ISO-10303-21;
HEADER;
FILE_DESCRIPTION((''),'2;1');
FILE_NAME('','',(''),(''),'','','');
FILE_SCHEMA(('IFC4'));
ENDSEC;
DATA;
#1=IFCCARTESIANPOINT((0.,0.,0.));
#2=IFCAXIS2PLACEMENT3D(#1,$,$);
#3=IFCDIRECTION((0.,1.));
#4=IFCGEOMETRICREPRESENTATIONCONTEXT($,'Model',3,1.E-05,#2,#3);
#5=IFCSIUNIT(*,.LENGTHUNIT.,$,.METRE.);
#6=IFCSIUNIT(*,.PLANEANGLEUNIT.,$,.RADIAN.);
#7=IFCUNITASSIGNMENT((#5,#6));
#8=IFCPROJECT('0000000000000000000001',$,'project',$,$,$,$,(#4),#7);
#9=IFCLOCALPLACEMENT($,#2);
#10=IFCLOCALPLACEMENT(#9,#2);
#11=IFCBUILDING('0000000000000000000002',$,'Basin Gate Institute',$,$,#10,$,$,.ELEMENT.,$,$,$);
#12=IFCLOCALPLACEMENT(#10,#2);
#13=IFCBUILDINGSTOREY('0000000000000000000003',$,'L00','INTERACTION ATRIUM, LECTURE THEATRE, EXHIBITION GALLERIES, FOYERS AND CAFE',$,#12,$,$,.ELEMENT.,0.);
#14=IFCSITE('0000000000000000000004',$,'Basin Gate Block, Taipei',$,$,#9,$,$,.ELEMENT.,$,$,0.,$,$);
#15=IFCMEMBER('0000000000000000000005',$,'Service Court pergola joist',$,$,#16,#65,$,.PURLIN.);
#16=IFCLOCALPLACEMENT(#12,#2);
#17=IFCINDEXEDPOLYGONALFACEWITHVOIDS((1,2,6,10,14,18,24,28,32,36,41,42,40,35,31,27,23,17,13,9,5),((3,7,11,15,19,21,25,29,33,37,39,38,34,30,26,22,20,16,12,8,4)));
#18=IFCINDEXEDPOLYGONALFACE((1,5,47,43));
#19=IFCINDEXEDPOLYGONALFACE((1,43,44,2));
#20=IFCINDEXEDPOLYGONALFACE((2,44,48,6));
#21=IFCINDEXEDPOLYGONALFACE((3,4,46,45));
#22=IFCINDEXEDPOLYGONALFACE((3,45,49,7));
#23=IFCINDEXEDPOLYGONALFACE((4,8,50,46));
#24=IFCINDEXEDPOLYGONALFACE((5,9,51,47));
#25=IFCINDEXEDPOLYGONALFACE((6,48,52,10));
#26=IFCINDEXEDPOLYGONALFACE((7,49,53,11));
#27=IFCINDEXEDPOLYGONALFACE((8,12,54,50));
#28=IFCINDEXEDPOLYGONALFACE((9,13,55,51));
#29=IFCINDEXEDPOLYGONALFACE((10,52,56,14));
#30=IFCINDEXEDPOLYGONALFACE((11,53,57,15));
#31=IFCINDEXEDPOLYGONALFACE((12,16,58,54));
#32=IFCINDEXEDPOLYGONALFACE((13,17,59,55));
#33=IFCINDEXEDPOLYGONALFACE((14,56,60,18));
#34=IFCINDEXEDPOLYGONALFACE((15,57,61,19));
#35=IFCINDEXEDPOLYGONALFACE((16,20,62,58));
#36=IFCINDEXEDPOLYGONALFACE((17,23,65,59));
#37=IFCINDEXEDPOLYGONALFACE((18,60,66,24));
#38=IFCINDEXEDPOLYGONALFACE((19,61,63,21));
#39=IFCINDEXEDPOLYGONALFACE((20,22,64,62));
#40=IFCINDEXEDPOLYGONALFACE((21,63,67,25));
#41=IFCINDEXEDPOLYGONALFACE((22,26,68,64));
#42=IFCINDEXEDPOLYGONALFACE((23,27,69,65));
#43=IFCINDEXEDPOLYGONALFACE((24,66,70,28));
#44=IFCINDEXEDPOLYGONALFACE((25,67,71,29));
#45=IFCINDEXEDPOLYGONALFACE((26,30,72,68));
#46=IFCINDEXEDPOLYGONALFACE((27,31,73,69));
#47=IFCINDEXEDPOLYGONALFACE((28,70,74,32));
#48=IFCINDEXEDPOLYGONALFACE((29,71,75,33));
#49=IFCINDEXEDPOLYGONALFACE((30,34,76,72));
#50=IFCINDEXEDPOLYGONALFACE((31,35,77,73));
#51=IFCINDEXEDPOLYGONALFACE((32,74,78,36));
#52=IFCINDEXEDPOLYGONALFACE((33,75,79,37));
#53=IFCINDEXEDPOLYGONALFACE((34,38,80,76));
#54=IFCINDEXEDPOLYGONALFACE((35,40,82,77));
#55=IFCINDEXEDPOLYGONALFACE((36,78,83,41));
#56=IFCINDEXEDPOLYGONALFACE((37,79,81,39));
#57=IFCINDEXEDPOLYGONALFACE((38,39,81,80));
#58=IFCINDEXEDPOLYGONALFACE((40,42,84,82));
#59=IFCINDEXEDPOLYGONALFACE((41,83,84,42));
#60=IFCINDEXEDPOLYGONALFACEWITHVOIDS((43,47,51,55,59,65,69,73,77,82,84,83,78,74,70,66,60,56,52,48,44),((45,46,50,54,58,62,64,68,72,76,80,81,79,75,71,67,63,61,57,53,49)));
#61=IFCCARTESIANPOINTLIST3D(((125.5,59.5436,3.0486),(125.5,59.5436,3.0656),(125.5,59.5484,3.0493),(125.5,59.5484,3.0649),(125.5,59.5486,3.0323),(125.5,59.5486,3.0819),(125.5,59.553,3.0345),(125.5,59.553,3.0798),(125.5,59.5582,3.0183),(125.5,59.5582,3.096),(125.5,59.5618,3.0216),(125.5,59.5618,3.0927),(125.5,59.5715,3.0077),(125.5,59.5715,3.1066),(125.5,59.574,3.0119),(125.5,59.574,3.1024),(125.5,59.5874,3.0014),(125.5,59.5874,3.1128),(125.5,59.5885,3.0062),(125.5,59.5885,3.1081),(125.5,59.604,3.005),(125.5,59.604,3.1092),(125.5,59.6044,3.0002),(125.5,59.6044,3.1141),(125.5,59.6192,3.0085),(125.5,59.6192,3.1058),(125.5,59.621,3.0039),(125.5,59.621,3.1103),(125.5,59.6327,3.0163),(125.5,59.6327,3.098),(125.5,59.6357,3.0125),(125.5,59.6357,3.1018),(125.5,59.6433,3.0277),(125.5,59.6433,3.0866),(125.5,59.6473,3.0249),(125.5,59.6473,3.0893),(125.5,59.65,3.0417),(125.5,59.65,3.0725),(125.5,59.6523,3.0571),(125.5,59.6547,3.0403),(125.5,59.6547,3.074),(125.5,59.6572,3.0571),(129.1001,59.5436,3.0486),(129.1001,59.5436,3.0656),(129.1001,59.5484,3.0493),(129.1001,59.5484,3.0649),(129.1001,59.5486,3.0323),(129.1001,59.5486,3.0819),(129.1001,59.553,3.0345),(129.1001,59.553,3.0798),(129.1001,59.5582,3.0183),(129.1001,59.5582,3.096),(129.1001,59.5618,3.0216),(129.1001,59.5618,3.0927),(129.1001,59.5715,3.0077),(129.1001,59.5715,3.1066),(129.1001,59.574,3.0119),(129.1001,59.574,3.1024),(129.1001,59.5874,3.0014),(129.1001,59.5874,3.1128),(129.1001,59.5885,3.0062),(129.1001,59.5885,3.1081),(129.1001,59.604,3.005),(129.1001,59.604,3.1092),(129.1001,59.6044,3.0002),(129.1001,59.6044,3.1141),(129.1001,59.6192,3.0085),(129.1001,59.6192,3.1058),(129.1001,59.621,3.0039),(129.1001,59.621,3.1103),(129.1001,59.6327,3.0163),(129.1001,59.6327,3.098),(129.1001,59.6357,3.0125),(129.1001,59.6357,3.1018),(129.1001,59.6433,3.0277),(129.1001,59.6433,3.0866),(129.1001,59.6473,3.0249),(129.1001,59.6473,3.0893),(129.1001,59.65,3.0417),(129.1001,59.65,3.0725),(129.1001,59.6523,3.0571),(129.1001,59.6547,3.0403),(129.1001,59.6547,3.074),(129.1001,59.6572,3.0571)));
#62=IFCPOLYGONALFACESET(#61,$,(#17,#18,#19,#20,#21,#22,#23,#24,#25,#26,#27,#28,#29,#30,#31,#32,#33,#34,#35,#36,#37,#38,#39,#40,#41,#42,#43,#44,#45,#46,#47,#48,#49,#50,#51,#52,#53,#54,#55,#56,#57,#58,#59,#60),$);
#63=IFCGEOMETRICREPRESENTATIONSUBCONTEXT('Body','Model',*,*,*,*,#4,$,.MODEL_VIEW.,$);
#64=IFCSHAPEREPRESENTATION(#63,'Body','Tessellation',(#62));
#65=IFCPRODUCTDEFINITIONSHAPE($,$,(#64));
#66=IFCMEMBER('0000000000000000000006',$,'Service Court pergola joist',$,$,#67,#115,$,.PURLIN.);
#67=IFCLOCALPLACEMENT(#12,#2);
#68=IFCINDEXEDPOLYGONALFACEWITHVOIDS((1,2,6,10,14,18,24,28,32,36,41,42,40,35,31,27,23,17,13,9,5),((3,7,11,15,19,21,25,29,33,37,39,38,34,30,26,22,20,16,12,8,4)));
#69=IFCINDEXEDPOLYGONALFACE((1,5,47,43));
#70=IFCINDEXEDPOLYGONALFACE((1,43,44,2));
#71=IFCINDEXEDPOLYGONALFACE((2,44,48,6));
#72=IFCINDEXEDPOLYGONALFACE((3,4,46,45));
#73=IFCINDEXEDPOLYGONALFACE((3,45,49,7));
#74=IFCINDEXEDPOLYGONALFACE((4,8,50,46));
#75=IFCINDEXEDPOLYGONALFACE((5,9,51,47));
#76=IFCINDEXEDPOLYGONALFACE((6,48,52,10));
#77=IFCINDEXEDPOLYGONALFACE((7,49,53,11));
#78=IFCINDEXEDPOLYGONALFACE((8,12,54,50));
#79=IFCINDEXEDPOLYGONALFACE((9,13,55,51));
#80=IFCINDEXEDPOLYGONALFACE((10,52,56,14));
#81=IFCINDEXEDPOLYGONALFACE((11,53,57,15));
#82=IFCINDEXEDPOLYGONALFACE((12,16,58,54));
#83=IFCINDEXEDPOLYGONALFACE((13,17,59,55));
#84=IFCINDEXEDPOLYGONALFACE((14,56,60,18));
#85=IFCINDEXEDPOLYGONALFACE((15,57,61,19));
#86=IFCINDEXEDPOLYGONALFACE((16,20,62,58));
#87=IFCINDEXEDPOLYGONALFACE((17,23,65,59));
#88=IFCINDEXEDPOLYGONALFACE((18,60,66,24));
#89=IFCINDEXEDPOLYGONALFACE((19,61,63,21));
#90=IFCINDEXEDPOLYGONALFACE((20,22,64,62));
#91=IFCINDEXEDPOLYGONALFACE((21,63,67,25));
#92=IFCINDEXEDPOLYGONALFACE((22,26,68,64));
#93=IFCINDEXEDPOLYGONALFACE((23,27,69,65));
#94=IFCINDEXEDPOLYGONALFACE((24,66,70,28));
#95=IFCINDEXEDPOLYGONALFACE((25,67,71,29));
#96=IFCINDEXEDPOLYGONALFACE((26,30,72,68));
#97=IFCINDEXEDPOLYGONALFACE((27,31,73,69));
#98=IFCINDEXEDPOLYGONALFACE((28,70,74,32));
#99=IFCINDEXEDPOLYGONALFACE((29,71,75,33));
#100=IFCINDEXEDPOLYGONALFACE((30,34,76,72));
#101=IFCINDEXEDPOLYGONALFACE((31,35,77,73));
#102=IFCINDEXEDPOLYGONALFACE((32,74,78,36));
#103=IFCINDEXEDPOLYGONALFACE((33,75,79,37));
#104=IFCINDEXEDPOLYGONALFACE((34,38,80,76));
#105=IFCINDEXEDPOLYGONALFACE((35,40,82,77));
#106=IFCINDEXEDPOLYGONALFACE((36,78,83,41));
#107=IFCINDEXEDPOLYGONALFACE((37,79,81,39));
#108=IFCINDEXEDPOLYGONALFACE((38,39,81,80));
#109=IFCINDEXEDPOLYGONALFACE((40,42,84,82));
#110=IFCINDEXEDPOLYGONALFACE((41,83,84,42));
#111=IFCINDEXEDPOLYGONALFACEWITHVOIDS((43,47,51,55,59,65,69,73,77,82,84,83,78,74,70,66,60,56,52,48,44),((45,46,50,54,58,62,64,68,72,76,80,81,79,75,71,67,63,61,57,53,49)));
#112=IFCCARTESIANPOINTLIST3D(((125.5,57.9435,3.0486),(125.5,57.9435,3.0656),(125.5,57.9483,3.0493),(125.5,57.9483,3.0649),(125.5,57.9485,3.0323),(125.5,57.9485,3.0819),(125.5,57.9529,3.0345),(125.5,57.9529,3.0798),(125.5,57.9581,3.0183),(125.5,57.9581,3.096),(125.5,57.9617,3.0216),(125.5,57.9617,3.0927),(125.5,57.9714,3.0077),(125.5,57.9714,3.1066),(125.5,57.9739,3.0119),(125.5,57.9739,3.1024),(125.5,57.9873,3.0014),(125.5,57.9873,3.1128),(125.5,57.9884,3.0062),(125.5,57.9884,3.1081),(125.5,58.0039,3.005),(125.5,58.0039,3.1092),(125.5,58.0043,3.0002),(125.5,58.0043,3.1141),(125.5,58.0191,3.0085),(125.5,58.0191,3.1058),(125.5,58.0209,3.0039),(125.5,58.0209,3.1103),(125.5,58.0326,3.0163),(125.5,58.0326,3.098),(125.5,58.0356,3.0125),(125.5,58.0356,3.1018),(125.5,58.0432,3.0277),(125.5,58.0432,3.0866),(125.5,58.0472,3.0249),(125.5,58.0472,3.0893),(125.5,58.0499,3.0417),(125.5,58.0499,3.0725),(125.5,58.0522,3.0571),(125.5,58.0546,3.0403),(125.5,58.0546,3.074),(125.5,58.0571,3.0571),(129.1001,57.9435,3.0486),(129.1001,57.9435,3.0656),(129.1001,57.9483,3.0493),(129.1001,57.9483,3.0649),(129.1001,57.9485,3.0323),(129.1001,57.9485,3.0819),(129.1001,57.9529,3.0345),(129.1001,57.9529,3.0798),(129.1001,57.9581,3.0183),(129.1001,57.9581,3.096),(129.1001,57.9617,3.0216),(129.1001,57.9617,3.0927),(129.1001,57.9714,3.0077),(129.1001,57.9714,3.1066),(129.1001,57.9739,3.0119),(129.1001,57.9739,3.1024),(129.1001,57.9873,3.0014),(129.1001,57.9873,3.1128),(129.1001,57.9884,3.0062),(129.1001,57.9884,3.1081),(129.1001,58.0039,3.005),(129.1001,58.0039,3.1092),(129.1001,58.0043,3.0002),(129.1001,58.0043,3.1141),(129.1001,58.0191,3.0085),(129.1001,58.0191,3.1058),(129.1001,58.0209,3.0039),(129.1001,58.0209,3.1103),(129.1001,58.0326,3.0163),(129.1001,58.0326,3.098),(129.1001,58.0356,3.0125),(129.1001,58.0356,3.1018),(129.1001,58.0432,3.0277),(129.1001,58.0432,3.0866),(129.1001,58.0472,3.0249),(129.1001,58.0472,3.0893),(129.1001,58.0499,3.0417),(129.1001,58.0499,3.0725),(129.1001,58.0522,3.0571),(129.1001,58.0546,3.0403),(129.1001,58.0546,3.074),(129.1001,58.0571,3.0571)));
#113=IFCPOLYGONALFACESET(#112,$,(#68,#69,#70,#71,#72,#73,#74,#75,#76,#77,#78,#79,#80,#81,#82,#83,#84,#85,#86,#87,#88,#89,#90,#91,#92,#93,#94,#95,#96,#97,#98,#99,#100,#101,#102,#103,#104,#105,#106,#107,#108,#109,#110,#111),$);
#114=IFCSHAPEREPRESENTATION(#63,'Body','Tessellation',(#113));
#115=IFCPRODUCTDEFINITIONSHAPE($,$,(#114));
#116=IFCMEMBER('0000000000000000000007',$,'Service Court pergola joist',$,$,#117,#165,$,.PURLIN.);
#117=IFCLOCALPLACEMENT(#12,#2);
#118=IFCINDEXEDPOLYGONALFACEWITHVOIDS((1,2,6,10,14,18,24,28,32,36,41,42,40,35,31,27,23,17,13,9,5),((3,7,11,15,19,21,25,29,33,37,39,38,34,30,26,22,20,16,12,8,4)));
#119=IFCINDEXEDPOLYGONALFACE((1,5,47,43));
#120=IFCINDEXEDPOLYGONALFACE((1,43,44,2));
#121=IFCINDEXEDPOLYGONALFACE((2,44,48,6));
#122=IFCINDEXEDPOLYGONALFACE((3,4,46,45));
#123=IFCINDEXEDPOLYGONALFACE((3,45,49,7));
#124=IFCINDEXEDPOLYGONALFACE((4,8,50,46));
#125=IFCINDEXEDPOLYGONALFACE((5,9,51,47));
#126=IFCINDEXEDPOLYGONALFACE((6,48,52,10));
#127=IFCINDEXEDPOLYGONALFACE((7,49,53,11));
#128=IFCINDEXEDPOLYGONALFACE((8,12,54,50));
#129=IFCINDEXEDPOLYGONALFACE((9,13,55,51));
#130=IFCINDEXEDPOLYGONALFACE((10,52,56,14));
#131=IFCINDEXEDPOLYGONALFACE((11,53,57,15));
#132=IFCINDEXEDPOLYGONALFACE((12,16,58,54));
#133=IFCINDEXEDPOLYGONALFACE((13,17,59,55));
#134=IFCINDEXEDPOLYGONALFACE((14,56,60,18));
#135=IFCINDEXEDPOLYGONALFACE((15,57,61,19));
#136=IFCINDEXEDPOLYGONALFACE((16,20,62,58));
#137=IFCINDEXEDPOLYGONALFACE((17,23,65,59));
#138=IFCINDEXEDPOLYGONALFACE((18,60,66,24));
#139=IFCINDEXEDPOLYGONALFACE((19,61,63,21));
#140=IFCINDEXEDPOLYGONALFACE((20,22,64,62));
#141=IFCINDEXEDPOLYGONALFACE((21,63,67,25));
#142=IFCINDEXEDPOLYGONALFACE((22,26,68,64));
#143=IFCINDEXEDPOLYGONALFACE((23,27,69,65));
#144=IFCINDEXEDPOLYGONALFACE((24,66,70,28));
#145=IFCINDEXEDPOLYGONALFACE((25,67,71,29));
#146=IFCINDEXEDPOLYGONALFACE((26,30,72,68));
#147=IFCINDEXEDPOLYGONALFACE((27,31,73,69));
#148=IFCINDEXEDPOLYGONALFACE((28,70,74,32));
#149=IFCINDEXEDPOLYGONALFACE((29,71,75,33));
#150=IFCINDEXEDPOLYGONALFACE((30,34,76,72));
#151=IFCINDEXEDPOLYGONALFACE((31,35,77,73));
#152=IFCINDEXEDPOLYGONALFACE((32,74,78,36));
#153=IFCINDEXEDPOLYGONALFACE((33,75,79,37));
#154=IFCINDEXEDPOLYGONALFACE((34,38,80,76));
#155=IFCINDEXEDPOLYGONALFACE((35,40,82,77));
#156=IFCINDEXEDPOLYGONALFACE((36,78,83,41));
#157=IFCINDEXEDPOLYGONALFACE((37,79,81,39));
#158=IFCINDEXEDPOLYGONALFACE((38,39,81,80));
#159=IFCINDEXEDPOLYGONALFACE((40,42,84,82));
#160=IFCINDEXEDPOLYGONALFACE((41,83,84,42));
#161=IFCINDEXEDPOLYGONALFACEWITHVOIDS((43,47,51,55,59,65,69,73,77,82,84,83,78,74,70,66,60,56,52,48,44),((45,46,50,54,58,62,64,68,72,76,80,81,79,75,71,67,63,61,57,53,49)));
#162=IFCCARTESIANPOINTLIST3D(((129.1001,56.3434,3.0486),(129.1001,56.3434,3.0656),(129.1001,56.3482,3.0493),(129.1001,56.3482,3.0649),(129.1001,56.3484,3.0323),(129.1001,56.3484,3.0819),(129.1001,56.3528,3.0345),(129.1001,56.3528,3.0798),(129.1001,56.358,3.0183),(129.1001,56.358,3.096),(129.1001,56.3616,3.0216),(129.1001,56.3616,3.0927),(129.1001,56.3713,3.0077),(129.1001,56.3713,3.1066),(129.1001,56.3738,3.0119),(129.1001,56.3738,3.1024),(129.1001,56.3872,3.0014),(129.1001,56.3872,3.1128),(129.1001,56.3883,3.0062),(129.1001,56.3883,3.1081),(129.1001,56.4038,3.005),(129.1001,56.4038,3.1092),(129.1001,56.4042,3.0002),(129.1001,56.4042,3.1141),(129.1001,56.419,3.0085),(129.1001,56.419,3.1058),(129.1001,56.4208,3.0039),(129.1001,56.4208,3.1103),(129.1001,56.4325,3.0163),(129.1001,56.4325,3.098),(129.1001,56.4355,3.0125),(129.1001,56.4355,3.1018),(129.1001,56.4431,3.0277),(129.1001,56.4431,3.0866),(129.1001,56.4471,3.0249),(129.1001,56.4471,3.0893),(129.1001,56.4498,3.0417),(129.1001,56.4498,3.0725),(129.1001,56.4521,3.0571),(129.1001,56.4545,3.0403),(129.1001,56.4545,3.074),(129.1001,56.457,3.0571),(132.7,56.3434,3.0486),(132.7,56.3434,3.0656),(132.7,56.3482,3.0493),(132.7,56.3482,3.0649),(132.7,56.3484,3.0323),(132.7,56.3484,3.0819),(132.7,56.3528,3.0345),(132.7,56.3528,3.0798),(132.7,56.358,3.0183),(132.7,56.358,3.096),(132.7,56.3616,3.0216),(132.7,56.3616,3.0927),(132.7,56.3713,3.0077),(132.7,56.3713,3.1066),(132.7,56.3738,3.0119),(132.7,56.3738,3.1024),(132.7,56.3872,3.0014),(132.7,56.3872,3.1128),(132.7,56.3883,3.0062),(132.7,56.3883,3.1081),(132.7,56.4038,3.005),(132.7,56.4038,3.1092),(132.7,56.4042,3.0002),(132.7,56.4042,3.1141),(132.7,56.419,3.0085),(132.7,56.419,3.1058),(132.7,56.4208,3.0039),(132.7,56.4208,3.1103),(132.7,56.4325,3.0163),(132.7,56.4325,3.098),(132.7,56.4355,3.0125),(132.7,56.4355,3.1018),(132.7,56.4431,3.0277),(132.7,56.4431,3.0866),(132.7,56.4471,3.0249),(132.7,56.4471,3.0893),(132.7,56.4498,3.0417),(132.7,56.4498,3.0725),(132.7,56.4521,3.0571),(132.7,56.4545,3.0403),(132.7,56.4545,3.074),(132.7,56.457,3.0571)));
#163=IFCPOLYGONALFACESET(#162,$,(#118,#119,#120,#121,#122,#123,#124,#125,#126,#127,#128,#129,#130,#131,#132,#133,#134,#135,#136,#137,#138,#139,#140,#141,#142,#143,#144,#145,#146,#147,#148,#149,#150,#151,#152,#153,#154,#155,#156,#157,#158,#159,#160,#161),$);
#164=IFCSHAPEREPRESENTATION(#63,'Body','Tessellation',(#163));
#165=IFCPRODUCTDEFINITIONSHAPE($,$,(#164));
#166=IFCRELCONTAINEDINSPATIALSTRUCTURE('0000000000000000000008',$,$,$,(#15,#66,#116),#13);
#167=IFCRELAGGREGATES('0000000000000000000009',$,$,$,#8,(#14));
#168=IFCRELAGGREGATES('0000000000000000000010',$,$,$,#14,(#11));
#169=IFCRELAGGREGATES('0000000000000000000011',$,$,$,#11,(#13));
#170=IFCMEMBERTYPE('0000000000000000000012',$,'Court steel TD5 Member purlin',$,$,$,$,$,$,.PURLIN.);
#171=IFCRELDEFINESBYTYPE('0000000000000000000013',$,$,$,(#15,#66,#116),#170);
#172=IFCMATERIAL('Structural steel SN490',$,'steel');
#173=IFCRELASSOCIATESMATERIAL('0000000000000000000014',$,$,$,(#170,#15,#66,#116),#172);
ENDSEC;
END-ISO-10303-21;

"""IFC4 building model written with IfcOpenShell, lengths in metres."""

from ifc_helpers import new_model, si_unit, direction, frame, origin, origin_2d, place, context, subcontext, project, spatial, hollow_circle, extrude, material, material_profile, profile_set, type_object, element, save


model = new_model("IFC4")

# Units and contexts
model_context = context("Model", 3, precision=1e-05, world=origin(), true_north=direction((0.0, 1.0)))
body_context = subcontext(model_context, "Body", "Model", "MODEL_VIEW")
ifc_project = project(units=[si_unit("LENGTHUNIT", "METRE"), si_unit("PLANEANGLEUNIT", "RADIAN")], contexts=[model_context])

# Site, building, storey
site_placement = place(None, origin())
site = spatial("IfcSite", under=ifc_project, at=site_placement, Name="Basin Gate Block, Taipei", CompositionType="ELEMENT", RefElevation=0.0)
building_placement = place(site_placement, origin())
building = spatial("IfcBuilding", under=site, at=building_placement, Name="Basin Gate Institute", CompositionType="ELEMENT")
storey_placement = place(building_placement, origin())
storey = spatial("IfcBuildingStorey", under=building, at=storey_placement, Name="L00", Description="INTERACTION ATRIUM, LECTURE THEATRE, EXHIBITION GALLERIES, FOYERS AND CAFE", CompositionType="ELEMENT", Elevation=0.0)

# Members
ifc_material_1 = material(Name="Structural steel SN490", Category="steel")
ifc_material_profile_1 = material_profile(ifc_material_1, hollow_circle(Radius=0.0571, WallThickness=0.0049, at=origin_2d()), Name="CHS114x5")
ifc_profile_set_1 = profile_set([ifc_material_profile_1], Name="Structural steel SN490")
member_type_1 = type_object("IfcMemberType", Name="Court steel TD5 Member purlin", PredefinedType="PURLIN", material=ifc_profile_set_1)
for number, where, z_axis, x_axis, name in (
    (1, (125.5, 59.6001, 3.0571), (1.0, 0.0, 0.0), (0.0, 1.0, 0.0), "Service Court pergola joist"),
    (2, (125.5, 58.0, 3.0571), (1.0, 0.0, 0.0), (0.0, 1.0, 0.0), "Service Court pergola joist"),
):
    element("IfcMember", number, at=place(storey_placement, frame(where, z_axis=z_axis, x_axis=x_axis)), inside=storey, type_object=member_type_1, material=ifc_profile_set_1, Name=name, PredefinedType="PURLIN", context=body_context, shape_type="SweptSolid", body=[
        extrude(hollow_circle(Radius=0.0571, WallThickness=0.0049, at=origin_2d()), origin(), (0.0, 0.0, 1.0), 3.6001),
    ])
for number, where, z_axis, x_axis, name in (
    (3, (129.1001, 56.3999, 3.0571), (1.0, 0.0, 0.0), (0.0, 1.0, 0.0), "Service Court pergola joist"),
):
    element("IfcMember", number, at=place(storey_placement, frame(where, z_axis=z_axis, x_axis=x_axis)), inside=storey, type_object=member_type_1, material=ifc_profile_set_1, Name=name, PredefinedType="PURLIN", context=body_context, shape_type="SweptSolid", body=[
        extrude(hollow_circle(Radius=0.0571, WallThickness=0.0049, at=origin_2d()), origin(), (0.0, 0.0, 1.0), 3.5999),
    ])

save(model, "model.ifc")
